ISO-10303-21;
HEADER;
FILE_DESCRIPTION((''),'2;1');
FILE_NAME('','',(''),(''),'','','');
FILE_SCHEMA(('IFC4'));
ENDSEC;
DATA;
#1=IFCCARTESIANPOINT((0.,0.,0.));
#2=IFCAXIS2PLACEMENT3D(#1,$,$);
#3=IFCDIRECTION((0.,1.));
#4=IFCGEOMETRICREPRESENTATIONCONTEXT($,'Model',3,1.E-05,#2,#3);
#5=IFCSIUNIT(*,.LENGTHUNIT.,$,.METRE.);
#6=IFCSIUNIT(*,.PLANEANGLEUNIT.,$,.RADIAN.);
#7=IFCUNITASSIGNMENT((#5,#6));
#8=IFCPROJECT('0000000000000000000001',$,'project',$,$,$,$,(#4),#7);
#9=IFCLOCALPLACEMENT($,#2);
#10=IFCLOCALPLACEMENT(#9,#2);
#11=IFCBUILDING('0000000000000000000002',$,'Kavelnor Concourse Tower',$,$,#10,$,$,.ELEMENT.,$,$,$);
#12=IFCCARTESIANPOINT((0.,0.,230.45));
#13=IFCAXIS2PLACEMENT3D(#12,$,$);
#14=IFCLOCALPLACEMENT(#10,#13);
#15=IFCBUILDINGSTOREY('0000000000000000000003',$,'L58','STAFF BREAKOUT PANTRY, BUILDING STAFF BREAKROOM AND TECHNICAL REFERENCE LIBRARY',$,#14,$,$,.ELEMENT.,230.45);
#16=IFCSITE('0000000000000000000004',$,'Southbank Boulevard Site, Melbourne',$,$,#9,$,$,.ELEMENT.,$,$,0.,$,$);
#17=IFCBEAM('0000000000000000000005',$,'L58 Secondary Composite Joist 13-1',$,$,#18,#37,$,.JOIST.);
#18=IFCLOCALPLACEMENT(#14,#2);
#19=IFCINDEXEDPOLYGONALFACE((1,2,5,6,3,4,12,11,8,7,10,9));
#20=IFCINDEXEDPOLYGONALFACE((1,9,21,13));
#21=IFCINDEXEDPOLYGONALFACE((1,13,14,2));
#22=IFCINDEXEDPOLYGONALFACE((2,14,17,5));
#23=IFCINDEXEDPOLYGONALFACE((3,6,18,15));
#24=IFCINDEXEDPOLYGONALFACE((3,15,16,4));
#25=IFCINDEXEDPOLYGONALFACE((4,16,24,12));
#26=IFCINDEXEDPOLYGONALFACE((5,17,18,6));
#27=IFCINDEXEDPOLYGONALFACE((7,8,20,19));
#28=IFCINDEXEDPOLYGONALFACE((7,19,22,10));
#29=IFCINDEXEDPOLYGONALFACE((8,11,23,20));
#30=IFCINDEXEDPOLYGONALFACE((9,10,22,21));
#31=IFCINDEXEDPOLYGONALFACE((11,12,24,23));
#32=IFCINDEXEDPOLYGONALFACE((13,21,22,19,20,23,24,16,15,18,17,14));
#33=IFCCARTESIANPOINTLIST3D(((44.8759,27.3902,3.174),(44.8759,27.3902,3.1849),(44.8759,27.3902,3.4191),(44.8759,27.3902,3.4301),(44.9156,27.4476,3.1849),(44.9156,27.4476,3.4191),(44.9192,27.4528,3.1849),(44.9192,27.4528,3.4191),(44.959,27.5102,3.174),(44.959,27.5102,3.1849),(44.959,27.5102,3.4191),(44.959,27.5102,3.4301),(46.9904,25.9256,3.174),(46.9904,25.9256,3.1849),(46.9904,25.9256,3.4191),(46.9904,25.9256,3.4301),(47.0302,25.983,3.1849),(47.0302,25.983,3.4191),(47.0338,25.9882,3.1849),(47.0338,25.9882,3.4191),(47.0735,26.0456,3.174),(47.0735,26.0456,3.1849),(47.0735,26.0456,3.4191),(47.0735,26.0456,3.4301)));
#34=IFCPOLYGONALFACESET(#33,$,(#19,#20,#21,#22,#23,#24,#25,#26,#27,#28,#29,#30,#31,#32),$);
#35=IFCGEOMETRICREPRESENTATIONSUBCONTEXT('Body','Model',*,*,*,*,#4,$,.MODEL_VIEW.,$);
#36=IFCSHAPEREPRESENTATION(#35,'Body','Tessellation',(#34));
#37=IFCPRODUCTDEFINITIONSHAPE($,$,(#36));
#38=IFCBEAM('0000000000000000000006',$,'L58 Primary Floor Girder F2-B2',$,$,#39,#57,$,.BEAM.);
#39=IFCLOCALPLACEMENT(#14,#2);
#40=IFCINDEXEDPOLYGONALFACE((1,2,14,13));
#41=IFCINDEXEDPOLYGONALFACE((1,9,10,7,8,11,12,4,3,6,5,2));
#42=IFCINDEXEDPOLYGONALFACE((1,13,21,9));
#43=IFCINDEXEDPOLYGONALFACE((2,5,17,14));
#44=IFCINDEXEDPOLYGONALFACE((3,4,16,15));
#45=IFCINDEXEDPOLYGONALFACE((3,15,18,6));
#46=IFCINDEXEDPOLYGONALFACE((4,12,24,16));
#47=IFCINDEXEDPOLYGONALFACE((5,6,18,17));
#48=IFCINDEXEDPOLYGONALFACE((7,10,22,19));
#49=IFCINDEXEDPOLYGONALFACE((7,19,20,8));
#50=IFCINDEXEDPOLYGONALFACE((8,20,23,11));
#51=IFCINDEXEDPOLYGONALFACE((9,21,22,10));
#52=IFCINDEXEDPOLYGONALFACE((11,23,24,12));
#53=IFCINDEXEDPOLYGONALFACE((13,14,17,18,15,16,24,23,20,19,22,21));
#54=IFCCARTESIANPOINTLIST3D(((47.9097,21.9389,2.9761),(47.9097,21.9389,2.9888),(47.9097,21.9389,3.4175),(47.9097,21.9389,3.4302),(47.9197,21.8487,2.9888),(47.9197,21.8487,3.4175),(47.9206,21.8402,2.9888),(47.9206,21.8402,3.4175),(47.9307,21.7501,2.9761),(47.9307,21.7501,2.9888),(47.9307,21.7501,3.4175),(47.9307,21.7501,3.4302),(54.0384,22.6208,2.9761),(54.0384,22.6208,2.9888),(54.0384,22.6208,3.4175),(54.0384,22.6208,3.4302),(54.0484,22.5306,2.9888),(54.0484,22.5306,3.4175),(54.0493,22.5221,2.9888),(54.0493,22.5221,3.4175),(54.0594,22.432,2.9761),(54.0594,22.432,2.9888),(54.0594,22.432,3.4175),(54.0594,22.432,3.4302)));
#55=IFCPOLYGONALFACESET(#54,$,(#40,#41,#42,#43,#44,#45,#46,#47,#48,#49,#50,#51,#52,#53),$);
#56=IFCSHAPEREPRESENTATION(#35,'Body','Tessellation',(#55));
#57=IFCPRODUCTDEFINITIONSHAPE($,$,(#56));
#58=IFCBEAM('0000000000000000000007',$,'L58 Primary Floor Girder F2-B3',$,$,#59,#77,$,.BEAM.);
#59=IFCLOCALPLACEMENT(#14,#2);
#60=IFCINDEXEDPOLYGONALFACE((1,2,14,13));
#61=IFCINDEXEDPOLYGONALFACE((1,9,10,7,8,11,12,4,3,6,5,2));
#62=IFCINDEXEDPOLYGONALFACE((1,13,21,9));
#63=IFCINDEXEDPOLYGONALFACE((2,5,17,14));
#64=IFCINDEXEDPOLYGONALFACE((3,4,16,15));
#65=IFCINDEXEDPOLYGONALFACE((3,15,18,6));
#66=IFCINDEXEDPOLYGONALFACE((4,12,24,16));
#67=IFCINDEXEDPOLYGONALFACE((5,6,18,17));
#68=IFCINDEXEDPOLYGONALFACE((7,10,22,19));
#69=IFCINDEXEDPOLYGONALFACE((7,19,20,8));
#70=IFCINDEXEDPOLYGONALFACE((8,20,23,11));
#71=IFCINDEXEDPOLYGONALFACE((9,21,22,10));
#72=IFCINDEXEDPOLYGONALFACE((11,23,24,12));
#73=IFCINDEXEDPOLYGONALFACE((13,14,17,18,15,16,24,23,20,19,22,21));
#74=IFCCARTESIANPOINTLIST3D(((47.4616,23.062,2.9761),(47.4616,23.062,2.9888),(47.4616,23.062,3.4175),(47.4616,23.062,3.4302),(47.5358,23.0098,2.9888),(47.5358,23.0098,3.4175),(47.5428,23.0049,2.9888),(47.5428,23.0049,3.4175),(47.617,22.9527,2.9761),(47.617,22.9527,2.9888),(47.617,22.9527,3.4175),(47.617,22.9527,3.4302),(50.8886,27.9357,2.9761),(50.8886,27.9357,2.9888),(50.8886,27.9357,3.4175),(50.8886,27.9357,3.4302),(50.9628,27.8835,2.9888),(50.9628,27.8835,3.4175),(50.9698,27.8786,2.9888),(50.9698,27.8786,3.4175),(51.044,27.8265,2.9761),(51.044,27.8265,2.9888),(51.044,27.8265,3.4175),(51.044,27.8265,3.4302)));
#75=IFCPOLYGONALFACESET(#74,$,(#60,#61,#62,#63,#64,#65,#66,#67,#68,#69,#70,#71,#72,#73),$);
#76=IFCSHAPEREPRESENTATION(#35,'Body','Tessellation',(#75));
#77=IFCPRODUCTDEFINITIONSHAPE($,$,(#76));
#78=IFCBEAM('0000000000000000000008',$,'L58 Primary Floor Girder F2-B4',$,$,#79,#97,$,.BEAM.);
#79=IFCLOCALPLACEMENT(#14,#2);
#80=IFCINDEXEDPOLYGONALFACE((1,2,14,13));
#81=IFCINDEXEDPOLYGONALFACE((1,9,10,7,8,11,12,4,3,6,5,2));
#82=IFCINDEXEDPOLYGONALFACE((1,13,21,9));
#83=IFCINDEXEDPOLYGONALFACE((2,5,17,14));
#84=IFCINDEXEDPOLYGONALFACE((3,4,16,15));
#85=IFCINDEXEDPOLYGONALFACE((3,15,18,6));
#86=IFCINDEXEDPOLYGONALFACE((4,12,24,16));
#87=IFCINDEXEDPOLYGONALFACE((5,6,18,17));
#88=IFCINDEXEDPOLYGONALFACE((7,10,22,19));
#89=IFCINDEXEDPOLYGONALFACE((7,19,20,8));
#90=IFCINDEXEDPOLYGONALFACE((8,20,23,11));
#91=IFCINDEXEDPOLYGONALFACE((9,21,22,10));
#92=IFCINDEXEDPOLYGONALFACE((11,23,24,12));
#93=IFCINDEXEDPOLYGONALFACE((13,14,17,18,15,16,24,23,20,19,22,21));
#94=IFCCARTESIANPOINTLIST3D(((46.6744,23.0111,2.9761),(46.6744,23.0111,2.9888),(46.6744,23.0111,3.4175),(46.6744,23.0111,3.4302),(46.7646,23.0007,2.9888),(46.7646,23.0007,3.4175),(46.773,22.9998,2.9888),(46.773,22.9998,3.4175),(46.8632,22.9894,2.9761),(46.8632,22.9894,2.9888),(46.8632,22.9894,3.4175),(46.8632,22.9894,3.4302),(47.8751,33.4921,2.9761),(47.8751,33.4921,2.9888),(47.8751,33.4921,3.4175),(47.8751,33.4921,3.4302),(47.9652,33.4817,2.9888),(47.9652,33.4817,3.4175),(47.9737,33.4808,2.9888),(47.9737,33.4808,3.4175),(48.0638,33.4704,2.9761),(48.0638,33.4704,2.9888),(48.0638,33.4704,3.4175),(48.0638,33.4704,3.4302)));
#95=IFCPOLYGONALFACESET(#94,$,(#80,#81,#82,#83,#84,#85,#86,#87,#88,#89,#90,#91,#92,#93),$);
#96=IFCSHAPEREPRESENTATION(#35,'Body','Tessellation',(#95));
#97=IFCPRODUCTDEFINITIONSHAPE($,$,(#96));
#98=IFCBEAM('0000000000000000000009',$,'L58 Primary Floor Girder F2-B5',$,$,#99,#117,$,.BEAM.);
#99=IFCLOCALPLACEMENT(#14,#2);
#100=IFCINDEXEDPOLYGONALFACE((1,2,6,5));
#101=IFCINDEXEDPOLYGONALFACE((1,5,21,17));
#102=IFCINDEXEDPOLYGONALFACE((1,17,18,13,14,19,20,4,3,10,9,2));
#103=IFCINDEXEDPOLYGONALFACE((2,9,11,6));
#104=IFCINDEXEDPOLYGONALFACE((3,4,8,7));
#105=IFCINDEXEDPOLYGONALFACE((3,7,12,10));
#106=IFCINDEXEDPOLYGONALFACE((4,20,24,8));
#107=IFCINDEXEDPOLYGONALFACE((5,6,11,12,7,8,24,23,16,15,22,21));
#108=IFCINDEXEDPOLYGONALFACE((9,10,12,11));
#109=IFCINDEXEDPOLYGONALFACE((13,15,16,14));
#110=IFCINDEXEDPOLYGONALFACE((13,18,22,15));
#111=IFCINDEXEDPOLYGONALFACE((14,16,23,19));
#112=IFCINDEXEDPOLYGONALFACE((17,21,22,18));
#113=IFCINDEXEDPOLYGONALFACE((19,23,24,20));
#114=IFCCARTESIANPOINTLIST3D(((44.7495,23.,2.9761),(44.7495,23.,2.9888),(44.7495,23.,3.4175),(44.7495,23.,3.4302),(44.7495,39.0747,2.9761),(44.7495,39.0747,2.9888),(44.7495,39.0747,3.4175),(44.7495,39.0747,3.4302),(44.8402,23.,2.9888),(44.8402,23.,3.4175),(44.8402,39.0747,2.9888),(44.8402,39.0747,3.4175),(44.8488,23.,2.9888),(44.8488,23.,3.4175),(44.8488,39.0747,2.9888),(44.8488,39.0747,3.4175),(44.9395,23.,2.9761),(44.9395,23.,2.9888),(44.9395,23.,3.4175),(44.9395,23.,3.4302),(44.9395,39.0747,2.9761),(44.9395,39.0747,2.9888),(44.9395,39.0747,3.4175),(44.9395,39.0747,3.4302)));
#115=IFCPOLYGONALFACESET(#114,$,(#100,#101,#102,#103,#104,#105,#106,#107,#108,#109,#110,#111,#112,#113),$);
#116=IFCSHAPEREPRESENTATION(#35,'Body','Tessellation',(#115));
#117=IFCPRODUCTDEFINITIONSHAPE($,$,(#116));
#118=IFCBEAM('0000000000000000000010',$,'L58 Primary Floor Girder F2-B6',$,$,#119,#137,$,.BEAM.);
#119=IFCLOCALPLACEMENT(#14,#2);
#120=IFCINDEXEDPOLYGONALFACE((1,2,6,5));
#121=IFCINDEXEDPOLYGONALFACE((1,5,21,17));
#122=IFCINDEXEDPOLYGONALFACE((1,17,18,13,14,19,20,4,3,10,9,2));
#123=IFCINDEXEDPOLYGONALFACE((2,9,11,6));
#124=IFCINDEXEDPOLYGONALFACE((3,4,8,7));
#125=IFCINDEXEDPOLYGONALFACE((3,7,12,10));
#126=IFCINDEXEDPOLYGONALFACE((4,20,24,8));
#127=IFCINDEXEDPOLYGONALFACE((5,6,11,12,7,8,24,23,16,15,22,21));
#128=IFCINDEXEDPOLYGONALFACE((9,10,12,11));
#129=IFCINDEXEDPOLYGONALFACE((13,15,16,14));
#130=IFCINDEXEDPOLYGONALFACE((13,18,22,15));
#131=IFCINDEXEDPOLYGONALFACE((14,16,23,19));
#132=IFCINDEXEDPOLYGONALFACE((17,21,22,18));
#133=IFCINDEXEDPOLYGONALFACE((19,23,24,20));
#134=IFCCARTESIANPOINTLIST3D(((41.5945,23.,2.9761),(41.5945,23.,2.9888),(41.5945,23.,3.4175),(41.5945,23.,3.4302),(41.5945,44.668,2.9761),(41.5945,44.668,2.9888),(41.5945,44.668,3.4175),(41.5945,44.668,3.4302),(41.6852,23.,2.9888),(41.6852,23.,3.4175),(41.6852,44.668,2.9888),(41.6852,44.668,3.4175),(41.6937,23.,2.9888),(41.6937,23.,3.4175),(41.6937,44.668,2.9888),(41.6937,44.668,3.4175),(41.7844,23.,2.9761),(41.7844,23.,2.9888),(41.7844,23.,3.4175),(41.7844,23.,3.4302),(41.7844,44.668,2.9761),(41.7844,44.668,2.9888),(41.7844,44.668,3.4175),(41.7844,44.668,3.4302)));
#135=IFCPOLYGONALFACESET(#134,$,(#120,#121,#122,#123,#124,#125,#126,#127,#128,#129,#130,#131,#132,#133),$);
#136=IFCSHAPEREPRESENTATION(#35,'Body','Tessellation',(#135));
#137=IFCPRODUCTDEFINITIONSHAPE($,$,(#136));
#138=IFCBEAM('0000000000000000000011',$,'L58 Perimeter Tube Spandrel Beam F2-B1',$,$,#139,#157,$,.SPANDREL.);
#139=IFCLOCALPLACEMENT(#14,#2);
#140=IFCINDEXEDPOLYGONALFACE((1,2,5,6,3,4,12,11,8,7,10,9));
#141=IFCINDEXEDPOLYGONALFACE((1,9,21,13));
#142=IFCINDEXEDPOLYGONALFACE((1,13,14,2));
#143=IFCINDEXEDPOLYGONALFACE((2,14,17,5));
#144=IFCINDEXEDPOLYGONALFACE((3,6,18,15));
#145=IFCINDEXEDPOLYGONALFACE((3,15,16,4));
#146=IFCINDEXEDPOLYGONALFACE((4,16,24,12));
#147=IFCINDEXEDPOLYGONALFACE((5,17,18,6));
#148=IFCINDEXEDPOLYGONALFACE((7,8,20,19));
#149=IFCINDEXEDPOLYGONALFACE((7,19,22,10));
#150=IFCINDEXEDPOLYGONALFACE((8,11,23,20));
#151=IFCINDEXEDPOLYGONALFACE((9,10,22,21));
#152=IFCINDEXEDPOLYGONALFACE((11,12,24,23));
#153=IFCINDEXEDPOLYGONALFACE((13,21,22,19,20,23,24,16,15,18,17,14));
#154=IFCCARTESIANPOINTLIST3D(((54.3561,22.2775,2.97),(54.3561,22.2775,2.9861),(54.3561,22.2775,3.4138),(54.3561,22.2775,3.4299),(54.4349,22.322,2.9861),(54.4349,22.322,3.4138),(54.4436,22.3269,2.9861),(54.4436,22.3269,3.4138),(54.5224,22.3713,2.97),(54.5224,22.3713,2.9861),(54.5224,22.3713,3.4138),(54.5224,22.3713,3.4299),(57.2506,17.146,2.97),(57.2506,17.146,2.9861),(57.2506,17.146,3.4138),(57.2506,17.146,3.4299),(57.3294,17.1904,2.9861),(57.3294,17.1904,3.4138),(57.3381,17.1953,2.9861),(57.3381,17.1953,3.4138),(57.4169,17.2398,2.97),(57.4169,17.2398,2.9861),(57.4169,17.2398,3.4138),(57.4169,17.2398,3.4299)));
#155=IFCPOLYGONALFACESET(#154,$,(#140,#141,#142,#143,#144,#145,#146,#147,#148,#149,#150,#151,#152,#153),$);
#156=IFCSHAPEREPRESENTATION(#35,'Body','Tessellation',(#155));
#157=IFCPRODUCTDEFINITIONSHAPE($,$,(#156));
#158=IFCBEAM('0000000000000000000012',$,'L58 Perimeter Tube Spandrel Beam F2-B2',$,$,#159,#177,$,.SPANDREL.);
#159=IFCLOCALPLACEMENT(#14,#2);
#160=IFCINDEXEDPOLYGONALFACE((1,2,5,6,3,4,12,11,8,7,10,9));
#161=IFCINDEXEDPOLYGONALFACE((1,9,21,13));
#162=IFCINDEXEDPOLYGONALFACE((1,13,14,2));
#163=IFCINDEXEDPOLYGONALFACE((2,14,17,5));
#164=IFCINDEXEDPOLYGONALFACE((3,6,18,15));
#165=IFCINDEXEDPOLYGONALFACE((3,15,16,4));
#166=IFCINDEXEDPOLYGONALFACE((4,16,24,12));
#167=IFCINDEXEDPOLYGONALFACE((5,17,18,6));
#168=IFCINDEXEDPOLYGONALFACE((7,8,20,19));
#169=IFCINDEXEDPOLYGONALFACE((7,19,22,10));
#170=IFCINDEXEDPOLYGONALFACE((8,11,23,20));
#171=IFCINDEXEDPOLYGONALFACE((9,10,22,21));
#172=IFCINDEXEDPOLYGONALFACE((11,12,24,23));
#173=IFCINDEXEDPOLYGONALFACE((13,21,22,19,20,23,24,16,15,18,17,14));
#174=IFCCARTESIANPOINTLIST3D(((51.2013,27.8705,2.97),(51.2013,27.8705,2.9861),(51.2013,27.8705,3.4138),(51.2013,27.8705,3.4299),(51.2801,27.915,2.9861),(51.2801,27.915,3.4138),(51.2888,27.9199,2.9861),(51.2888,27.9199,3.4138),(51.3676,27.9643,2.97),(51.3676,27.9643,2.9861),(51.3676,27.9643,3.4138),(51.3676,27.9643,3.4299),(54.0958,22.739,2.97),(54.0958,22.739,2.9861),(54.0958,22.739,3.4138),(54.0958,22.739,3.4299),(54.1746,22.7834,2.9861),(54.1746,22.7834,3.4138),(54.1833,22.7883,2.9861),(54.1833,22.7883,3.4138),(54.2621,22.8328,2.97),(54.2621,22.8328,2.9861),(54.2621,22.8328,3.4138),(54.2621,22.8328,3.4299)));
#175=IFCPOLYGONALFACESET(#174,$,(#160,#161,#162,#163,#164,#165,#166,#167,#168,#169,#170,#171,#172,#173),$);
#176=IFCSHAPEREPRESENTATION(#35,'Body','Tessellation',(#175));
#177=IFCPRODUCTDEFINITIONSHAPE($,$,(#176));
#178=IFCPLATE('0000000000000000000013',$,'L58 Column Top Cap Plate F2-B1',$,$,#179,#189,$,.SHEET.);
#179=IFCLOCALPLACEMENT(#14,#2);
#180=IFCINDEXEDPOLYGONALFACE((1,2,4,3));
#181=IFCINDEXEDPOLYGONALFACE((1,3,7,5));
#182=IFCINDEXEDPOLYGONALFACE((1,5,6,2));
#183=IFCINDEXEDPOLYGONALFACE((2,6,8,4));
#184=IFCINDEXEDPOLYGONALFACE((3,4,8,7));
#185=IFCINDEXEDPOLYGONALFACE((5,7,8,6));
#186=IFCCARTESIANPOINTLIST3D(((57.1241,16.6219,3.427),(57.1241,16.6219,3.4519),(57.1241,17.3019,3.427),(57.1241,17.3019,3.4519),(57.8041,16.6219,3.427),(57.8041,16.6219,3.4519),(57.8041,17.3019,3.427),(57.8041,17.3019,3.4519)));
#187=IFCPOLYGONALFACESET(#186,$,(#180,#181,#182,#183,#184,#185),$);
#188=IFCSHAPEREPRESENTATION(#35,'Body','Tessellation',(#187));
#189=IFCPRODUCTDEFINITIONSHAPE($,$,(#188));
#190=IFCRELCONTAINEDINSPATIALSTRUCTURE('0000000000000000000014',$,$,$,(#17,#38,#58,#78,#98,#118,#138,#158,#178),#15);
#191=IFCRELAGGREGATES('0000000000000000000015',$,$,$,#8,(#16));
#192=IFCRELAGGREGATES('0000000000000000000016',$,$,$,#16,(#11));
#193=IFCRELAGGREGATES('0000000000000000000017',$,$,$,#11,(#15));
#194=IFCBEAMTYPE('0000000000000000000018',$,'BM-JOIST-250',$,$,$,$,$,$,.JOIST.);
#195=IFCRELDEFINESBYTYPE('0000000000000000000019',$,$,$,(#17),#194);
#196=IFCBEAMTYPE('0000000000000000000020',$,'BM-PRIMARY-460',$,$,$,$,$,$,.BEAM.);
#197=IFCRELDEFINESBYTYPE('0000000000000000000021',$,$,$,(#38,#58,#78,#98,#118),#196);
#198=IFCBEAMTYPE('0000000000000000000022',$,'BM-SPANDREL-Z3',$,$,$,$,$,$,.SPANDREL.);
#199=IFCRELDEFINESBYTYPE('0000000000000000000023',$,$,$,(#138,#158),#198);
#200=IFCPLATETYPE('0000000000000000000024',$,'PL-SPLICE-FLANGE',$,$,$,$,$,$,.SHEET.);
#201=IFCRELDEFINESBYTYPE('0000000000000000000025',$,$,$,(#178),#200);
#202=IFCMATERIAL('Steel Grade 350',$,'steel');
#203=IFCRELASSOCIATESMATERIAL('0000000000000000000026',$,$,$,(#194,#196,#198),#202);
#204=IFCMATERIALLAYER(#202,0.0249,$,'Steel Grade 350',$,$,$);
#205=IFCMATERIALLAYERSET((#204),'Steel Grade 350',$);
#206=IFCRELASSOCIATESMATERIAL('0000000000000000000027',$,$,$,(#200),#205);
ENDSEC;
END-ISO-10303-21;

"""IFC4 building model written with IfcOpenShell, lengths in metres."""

from ifc_helpers import new_model, si_unit, direction, frame, origin, origin_2d, place, context, subcontext, project, spatial, rectangle, i_section, extrude, material, layer, layer_set, material_profile, profile_set, type_object, element, save


model = new_model("IFC4")

# Units and contexts
model_context = context("Model", 3, precision=1e-05, world=origin(), true_north=direction((0.0, 1.0)))
body_context = subcontext(model_context, "Body", "Model", "MODEL_VIEW")
ifc_project = project(units=[si_unit("LENGTHUNIT", "METRE"), si_unit("PLANEANGLEUNIT", "RADIAN")], contexts=[model_context])

# Site, building, storey
site_placement = place(None, origin())
site = spatial("IfcSite", under=ifc_project, at=site_placement, Name="Southbank Boulevard Site, Melbourne", CompositionType="ELEMENT", RefElevation=0.0)
building_placement = place(site_placement, origin())
building = spatial("IfcBuilding", under=site, at=building_placement, Name="Kavelnor Concourse Tower", CompositionType="ELEMENT")
storey_placement = place(building_placement, frame((0.0, 0.0, 230.45)))
storey = spatial("IfcBuildingStorey", under=building, at=storey_placement, Name="L58", Description="STAFF BREAKOUT PANTRY, BUILDING STAFF BREAKROOM AND TECHNICAL REFERENCE LIBRARY", CompositionType="ELEMENT", Elevation=230.45)

# Shared definitions
ifc_material_1 = material(Name="Steel Grade 350", Category="steel")

# Beams
ifc_material_profile_1 = material_profile(ifc_material_1, i_section(OverallWidth=0.146, OverallDepth=0.2561, WebThickness=0.0063, FlangeThickness=0.011, at=origin_2d()), Name="250UB37")
ifc_profile_set_1 = profile_set([ifc_material_profile_1], Name="Steel Grade 350")
beam_type_1 = type_object("IfcBeamType", Name="BM-JOIST-250", PredefinedType="JOIST", material=ifc_profile_set_1)
beam_1_placement = place(storey_placement, frame((47.032, 25.9856, 3.302), z_axis=(-0.822062, 0.569398, 0.0), x_axis=(-0.569398, -0.822062, 0.0)))
element("IfcBeam", 1, at=beam_1_placement, inside=storey, type_object=beam_type_1, Name="L58 Secondary Composite Joist 13-1", PredefinedType="JOIST", context=body_context, shape_type="SweptSolid", body=[
    extrude(i_section(OverallWidth=0.146, OverallDepth=0.2561, WebThickness=0.0063, FlangeThickness=0.011, at=origin_2d()), origin(), (0.0, 0.0, 1.0), 2.5723),
])
ifc_material_profile_2 = material_profile(ifc_material_1, i_section(OverallWidth=0.1899, OverallDepth=0.4541, WebThickness=0.0085, FlangeThickness=0.0127, at=origin_2d()), Name="460UB67")
ifc_profile_set_2 = profile_set([ifc_material_profile_2], Name="Steel Grade 350")
beam_type_2 = type_object("IfcBeamType", Name="BM-PRIMARY-460", PredefinedType="BEAM", material=ifc_profile_set_2)
beam_2_placement = place(storey_placement, frame((47.9202, 21.8445, 3.2031), z_axis=(0.993867, 0.110579, 0.0), x_axis=(-0.110579, 0.993867, 0.0)))
element("IfcBeam", 2, at=beam_2_placement, inside=storey, type_object=beam_type_2, Name="L58 Primary Floor Girder F2-B2", PredefinedType="BEAM", context=body_context, shape_type="SweptSolid", body=[
    extrude(i_section(OverallWidth=0.1899, OverallDepth=0.4541, WebThickness=0.0085, FlangeThickness=0.0127, at=origin_2d()), origin(), (0.0, 0.0, 1.0), 6.1665),
])
beam_3_placement = place(storey_placement, frame((47.5393, 23.0073, 3.2031), z_axis=(0.575191, 0.818019, 0.0), x_axis=(-0.818019, 0.575191, 0.0)))
element("IfcBeam", 3, at=beam_3_placement, inside=storey, type_object=beam_type_2, Name="L58 Primary Floor Girder F2-B3", PredefinedType="BEAM", context=body_context, shape_type="SweptSolid", body=[
    extrude(i_section(OverallWidth=0.1899, OverallDepth=0.4541, WebThickness=0.0085, FlangeThickness=0.0127, at=origin_2d()), origin(), (0.0, 0.0, 1.0), 5.958),
])
beam_4_placement = place(storey_placement, frame((46.7688, 23.0002, 3.2031), z_axis=(0.113814, 0.993502, 0.0), x_axis=(-0.993502, 0.113814, 0.0)))
element("IfcBeam", 4, at=beam_4_placement, inside=storey, type_object=beam_type_2, Name="L58 Primary Floor Girder F2-B4", PredefinedType="BEAM", context=body_context, shape_type="SweptSolid", body=[
    extrude(i_section(OverallWidth=0.1899, OverallDepth=0.4541, WebThickness=0.0085, FlangeThickness=0.0127, at=origin_2d()), origin(), (0.0, 0.0, 1.0), 10.5496),
])
beam_5_placement = place(storey_placement, frame((44.8445, 23.0, 3.2031), z_axis=(0.0, 1.0, 0.0), x_axis=(-1.0, 0.0, 0.0)))
element("IfcBeam", 5, at=beam_5_placement, inside=storey, type_object=beam_type_2, Name="L58 Primary Floor Girder F2-B5", PredefinedType="BEAM", context=body_context, shape_type="SweptSolid", body=[
    extrude(i_section(OverallWidth=0.1899, OverallDepth=0.4541, WebThickness=0.0085, FlangeThickness=0.0127, at=origin_2d()), origin(), (0.0, 0.0, 1.0), 16.0747),
])
beam_6_placement = place(storey_placement, frame((41.6895, 23.0, 3.2031), z_axis=(0.0, 1.0, 0.0), x_axis=(-1.0, 0.0, 0.0)))
element("IfcBeam", 6, at=beam_6_placement, inside=storey, type_object=beam_type_2, Name="L58 Primary Floor Girder F2-B6", PredefinedType="BEAM", context=body_context, shape_type="SweptSolid", body=[
    extrude(i_section(OverallWidth=0.1899, OverallDepth=0.4541, WebThickness=0.0085, FlangeThickness=0.0127, at=origin_2d()), origin(), (0.0, 0.0, 1.0), 21.668),
])
ifc_material_profile_3 = material_profile(ifc_material_1, i_section(OverallWidth=0.1909, OverallDepth=0.46, WebThickness=0.01, FlangeThickness=0.0161, at=origin_2d()), Name="460UB82")
ifc_profile_set_3 = profile_set([ifc_material_profile_3], Name="Steel Grade 350")
beam_type_3 = type_object("IfcBeamType", Name="BM-SPANDREL-Z3", PredefinedType="SPANDREL", material=ifc_profile_set_3)
for number, where, z_axis, x_axis, name in (
    (7, (57.3337, 17.1929, 3.2), (-0.491294, 0.870994, 0.0), (-0.870994, -0.491294, 0.0), "L58 Perimeter Tube Spandrel Beam F2-B1"),
    (8, (54.179, 22.7859, 3.2), (-0.491294, 0.870994, 0.0), (-0.870994, -0.491294, 0.0), "L58 Perimeter Tube Spandrel Beam F2-B2"),
):
    element("IfcBeam", number, at=place(storey_placement, frame(where, z_axis=z_axis, x_axis=x_axis)), inside=storey, type_object=beam_type_3, Name=name, PredefinedType="SPANDREL", context=body_context, shape_type="SweptSolid", body=[
        extrude(i_section(OverallWidth=0.1909, OverallDepth=0.46, WebThickness=0.01, FlangeThickness=0.0161, at=origin_2d()), origin(), (0.0, 0.0, 1.0), 5.8916),
    ])

# Plate
ifc_layer_1 = layer(ifc_material_1, 0.0249, Name="Steel Grade 350")
ifc_layer_set_1 = layer_set([ifc_layer_1], Name="Steel Grade 350")
plate_type = type_object("IfcPlateType", Name="PL-SPLICE-FLANGE", PredefinedType="SHEET", material=ifc_layer_set_1)
for number, where, z_axis, x_axis, name in (
    (9, (57.4641, 16.9619, 3.427), (0.0, 0.0, 1.0), (1.0, 0.0, 0.0), "L58 Column Top Cap Plate F2-B1"),
):
    element("IfcPlate", number, at=place(storey_placement, frame(where, z_axis=z_axis, x_axis=x_axis)), inside=storey, type_object=plate_type, Name=name, PredefinedType="SHEET", context=body_context, shape_type="SweptSolid", body=[
        extrude(rectangle(XDim=0.6799, YDim=0.6799, at=origin_2d()), origin(), (0.0, 0.0, 1.0), 0.0249),
    ])

save(model, "model.ifc")
